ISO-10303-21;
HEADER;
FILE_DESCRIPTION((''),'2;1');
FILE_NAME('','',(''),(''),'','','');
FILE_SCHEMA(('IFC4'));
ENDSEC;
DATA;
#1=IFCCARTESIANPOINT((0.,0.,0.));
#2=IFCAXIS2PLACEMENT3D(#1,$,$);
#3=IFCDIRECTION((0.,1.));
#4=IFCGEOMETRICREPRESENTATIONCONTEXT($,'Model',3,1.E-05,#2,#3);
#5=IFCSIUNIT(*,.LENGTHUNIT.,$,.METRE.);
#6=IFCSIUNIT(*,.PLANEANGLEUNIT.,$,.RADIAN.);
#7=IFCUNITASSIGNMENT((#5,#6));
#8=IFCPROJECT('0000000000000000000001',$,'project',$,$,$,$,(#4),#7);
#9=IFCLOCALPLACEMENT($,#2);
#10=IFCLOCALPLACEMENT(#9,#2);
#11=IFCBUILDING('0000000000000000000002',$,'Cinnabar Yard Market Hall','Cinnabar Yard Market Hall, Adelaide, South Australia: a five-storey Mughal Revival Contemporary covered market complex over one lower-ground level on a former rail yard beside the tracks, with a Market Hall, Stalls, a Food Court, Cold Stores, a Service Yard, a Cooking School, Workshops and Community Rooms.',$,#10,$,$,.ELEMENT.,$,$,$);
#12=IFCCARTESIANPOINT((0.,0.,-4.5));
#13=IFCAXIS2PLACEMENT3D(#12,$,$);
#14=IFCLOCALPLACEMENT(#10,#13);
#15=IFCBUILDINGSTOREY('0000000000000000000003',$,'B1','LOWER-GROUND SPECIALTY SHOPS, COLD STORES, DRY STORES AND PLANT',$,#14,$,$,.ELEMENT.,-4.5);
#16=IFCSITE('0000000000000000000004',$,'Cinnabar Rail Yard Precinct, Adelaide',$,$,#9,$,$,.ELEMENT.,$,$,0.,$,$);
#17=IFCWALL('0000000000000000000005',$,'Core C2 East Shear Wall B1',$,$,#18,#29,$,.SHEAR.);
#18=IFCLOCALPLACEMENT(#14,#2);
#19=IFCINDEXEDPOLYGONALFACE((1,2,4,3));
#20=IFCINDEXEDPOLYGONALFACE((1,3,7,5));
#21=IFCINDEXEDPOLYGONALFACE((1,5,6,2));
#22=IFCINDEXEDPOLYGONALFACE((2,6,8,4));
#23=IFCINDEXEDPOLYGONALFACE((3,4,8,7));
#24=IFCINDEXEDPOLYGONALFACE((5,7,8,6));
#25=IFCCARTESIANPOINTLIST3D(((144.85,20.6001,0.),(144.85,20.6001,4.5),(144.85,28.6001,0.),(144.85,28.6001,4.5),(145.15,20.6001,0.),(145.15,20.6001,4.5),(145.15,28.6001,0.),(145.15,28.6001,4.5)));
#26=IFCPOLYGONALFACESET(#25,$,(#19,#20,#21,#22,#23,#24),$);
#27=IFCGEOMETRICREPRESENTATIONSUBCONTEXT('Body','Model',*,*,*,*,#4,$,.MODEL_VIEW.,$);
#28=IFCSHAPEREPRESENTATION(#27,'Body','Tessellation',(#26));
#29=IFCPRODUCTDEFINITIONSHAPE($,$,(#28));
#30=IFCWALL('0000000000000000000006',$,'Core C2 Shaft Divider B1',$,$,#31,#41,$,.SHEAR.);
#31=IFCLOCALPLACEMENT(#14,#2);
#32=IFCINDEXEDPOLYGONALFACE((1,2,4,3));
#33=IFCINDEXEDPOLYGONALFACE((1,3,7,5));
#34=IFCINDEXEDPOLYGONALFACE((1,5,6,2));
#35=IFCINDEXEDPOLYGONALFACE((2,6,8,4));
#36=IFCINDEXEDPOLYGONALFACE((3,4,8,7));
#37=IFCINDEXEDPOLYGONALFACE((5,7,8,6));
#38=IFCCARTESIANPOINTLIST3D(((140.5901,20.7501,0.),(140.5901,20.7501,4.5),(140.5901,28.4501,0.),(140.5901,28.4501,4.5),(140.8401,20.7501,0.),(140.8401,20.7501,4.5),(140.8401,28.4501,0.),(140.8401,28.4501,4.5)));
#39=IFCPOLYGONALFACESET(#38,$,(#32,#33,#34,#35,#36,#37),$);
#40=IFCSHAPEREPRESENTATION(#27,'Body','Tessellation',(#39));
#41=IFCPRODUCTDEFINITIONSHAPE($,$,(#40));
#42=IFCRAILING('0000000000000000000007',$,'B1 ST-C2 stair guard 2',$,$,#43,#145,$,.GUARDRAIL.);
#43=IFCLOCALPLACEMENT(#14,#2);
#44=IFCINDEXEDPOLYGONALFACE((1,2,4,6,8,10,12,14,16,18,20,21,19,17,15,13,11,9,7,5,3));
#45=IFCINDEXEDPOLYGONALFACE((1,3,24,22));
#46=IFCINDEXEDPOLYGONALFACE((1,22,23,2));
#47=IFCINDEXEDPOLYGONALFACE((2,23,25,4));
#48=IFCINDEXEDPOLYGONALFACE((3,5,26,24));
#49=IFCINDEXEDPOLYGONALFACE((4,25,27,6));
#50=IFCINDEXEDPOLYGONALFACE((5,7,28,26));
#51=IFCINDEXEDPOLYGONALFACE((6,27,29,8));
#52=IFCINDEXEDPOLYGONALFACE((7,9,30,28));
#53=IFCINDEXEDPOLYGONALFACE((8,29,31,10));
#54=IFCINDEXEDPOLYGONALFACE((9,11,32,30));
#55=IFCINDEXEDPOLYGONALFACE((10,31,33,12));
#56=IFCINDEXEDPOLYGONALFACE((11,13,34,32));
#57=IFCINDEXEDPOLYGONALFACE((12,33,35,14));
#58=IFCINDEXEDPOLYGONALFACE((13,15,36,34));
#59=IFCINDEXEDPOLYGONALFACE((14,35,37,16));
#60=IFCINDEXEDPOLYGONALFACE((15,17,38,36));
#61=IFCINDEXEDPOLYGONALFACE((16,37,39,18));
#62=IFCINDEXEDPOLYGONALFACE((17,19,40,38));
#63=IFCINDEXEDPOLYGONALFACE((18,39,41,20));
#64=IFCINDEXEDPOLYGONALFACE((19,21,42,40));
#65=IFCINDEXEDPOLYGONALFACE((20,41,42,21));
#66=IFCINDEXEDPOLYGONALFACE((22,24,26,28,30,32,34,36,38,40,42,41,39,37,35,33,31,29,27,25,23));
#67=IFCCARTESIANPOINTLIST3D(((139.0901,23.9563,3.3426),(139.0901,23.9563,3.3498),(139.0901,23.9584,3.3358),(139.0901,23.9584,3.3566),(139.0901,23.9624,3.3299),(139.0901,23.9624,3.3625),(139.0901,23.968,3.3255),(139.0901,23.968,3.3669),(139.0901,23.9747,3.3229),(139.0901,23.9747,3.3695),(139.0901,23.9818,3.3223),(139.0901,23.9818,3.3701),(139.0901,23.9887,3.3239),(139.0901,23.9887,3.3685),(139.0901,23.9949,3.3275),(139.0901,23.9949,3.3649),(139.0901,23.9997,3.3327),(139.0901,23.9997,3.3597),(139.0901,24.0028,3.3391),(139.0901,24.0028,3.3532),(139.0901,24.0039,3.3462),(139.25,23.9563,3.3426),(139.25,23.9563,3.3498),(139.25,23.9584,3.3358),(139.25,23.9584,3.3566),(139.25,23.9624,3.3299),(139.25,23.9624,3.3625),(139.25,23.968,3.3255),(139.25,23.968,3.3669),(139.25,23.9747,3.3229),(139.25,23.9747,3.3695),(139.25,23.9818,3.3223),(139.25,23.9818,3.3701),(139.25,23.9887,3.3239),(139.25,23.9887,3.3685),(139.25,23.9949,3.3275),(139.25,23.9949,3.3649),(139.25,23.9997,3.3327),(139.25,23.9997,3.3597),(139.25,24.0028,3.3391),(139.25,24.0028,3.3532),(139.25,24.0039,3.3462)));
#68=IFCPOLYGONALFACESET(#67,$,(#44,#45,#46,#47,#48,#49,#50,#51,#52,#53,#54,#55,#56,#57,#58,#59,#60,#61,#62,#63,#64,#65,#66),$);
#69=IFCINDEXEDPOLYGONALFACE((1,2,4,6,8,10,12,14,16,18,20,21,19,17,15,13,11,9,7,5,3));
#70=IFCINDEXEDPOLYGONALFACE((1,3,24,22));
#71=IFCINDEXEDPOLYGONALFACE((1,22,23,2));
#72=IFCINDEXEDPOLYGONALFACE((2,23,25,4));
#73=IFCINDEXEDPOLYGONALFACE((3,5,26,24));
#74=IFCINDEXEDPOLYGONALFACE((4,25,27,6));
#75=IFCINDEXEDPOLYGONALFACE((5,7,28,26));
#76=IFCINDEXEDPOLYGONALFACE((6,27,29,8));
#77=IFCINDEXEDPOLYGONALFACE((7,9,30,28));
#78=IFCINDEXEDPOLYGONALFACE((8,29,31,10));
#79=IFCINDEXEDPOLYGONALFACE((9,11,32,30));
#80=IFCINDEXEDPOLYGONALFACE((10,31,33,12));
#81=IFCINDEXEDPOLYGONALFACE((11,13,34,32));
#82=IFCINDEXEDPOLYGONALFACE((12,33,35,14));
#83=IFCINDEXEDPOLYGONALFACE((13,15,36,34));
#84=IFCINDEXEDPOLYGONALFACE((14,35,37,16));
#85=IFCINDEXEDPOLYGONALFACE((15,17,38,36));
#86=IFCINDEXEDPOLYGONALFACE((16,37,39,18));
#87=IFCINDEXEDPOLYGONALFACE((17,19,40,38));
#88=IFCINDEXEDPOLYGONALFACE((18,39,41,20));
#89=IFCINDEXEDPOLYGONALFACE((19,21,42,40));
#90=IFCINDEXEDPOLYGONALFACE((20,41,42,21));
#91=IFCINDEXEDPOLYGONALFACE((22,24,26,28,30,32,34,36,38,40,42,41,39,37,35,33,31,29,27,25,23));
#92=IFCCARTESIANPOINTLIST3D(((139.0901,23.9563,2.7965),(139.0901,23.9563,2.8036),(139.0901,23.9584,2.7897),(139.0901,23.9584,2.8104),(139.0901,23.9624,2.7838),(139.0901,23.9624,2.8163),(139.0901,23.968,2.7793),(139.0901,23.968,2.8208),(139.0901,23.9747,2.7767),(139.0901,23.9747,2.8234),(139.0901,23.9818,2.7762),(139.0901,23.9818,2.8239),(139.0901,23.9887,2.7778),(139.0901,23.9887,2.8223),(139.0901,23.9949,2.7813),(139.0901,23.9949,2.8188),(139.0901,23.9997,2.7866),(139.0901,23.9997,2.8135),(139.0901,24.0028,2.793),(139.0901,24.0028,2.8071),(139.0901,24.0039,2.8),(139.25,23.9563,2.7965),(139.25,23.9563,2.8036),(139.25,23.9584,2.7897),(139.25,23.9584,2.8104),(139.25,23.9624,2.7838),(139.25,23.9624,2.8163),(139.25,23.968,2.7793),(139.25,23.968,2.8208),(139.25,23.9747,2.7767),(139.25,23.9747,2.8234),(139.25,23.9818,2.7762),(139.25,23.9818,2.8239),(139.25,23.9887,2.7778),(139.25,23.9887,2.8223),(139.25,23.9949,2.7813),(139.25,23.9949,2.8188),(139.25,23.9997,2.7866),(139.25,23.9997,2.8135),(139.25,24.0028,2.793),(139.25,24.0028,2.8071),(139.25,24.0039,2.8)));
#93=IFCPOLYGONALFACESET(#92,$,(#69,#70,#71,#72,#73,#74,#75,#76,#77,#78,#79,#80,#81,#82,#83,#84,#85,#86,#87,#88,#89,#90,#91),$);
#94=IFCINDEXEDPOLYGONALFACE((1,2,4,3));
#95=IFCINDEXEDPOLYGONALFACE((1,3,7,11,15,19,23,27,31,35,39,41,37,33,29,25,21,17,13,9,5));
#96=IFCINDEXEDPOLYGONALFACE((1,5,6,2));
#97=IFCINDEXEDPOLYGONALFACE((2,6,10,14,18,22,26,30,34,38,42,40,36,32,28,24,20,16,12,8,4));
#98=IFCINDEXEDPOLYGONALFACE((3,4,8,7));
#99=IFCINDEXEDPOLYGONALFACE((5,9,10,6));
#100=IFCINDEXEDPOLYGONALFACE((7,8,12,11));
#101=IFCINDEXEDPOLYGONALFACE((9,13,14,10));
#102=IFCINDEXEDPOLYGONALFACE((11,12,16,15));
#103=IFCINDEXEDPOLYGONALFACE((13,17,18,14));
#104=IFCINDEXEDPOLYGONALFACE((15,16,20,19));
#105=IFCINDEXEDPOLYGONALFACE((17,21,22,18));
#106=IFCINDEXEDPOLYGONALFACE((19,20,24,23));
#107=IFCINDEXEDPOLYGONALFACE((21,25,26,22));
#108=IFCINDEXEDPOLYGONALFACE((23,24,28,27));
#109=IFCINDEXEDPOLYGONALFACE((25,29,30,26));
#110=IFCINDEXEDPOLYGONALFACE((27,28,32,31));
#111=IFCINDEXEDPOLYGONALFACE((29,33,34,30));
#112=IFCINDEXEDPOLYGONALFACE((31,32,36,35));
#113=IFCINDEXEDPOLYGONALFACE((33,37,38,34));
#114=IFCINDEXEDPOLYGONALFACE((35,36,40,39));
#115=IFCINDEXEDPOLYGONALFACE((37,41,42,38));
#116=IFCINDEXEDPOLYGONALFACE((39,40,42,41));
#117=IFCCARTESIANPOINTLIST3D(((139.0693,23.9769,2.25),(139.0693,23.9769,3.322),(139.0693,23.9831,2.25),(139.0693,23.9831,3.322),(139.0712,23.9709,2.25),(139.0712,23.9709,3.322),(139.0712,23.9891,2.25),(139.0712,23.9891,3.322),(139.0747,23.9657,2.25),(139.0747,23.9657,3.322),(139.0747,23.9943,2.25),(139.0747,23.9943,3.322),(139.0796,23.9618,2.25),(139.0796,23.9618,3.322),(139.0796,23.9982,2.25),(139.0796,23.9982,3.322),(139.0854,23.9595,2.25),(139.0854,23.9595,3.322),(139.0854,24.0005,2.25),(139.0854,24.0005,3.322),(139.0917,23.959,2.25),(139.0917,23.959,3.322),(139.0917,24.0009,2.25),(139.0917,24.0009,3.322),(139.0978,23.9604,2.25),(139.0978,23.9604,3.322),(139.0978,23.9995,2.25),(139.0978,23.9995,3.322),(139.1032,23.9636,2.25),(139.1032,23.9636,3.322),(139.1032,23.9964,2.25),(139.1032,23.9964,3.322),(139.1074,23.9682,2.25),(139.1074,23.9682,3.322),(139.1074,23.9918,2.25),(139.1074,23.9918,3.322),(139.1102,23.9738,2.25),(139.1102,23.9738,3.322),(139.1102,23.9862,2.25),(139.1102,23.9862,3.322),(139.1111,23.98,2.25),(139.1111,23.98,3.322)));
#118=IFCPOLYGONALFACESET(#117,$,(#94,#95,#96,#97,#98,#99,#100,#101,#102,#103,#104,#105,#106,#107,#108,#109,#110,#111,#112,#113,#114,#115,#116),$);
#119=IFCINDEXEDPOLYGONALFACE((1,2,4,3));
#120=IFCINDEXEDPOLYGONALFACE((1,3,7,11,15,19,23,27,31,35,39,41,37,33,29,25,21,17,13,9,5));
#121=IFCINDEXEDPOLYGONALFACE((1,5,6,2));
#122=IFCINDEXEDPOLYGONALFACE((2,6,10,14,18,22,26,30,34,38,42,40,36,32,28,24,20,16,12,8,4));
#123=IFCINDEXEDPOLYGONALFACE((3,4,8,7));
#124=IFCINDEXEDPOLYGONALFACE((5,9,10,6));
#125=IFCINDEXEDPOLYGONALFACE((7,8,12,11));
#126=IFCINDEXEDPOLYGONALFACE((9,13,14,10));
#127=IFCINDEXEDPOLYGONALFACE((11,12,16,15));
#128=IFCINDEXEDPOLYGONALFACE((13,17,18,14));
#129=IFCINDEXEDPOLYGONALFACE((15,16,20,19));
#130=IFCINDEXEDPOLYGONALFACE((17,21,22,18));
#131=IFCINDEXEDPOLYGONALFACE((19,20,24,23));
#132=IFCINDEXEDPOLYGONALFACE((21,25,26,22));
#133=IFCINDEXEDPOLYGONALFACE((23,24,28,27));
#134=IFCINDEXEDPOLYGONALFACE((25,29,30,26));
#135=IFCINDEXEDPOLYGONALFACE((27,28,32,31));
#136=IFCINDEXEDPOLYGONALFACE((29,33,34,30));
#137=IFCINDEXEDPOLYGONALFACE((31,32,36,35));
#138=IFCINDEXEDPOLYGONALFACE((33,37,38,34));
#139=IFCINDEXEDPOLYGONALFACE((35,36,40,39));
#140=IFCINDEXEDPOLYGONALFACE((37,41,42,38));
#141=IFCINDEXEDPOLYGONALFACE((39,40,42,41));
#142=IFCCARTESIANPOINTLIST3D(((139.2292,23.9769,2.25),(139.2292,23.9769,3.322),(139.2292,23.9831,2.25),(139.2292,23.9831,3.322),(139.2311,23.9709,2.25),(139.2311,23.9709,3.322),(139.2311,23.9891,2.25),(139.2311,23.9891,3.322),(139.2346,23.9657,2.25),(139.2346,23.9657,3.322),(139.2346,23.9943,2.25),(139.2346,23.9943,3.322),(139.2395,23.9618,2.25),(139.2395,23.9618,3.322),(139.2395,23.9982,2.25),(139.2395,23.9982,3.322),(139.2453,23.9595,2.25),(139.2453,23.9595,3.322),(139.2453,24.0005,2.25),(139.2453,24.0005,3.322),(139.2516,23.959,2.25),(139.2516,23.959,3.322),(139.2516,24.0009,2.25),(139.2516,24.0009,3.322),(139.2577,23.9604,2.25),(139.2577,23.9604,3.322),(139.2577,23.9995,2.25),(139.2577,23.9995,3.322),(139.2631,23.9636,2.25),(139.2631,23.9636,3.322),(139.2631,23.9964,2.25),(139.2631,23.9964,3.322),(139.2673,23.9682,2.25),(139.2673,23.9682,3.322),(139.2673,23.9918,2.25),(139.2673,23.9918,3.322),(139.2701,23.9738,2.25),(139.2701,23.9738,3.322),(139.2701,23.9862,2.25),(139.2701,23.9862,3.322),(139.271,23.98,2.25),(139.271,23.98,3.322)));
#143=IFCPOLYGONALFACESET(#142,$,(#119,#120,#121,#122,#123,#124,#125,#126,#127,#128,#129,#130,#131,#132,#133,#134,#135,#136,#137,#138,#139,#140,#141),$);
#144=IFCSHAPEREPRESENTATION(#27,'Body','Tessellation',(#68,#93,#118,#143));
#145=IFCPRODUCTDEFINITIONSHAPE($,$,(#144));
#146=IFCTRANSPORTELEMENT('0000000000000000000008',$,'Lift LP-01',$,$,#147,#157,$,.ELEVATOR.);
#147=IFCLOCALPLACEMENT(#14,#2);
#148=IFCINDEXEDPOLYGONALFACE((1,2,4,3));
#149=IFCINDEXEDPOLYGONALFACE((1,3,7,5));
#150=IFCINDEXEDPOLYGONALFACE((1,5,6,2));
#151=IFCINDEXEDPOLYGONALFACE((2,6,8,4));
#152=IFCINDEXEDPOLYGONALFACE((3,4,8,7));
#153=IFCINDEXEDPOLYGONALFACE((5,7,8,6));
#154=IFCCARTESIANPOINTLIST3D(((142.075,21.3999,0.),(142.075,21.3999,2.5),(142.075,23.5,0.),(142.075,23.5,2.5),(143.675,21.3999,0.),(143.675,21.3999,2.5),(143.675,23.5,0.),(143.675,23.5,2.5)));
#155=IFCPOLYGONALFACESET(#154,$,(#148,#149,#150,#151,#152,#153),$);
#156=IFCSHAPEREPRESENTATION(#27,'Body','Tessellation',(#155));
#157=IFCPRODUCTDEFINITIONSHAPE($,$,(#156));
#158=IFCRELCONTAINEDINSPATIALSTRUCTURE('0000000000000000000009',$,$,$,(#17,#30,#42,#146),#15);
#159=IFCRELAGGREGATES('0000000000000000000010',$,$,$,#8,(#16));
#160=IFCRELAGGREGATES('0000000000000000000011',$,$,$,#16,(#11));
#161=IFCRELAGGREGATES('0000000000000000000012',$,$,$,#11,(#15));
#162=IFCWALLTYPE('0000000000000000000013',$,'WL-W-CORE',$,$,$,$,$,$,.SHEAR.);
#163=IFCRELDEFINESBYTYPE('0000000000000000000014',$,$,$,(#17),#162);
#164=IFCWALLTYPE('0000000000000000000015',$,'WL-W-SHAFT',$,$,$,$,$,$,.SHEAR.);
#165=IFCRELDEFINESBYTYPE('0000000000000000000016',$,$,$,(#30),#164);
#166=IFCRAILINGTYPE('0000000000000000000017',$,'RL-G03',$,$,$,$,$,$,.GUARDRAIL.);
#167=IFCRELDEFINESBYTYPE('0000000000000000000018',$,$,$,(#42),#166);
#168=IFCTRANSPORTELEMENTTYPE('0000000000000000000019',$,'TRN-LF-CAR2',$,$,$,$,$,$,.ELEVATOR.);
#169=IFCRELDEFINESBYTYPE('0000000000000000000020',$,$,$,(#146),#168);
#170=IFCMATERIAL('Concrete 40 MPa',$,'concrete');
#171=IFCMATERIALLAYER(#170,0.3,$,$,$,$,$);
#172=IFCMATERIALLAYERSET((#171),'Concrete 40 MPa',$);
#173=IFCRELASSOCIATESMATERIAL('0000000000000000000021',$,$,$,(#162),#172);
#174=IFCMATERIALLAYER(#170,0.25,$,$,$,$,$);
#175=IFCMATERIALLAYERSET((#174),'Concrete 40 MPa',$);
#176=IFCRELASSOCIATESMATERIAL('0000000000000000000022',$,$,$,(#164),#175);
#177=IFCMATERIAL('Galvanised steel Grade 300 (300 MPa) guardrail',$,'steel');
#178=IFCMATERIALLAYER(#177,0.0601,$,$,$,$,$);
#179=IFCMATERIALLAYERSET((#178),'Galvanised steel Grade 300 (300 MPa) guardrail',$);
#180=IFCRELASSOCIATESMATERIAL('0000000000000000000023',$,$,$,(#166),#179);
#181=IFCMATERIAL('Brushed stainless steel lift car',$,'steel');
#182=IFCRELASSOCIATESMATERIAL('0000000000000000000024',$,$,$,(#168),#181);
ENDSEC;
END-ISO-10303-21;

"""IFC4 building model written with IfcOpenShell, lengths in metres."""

from ifc_helpers import new_model, si_unit, direction, frame, frame_2d, origin, origin_2d_with_axis, place, context, subcontext, project, spatial, rectangle, circle, extrude, material, layer, layer_set, type_object, element, save


model = new_model("IFC4")

# Units and contexts
model_context = context("Model", 3, precision=1e-05, world=origin(), true_north=direction((0.0, 1.0)))
body_context = subcontext(model_context, "Body", "Model", "MODEL_VIEW")
ifc_project = project(units=[si_unit("LENGTHUNIT", "METRE"), si_unit("PLANEANGLEUNIT", "RADIAN")], contexts=[model_context])

# Site, building, storey
site_placement = place(None, origin())
site = spatial("IfcSite", under=ifc_project, at=site_placement, Name="Cinnabar Rail Yard Precinct, Adelaide", CompositionType="ELEMENT", RefElevation=0.0)
building_placement = place(site_placement, origin())
building = spatial("IfcBuilding", under=site, at=building_placement, Name="Cinnabar Yard Market Hall", Description="Cinnabar Yard Market Hall, Adelaide, South Australia: a five-storey Mughal Revival Contemporary covered market complex over one lower-ground level on a former rail yard beside the tracks, with a Market Hall, Stalls, a Food Court, Cold Stores, a Service Yard, a Cooking School, Workshops and Community Rooms.", CompositionType="ELEMENT")
storey_placement = place(building_placement, frame((0.0, 0.0, -4.5)))
storey = spatial("IfcBuildingStorey", under=building, at=storey_placement, Name="B1", Description="LOWER-GROUND SPECIALTY SHOPS, COLD STORES, DRY STORES AND PLANT", CompositionType="ELEMENT", Elevation=-4.5)

# Shared definitions
ifc_material_1 = material(Name="Concrete 40 MPa", Category="concrete")

# Walls
ifc_layer_1 = layer(ifc_material_1, 0.3)
ifc_layer_set_1 = layer_set([ifc_layer_1], Name="Concrete 40 MPa")
wall_type_1 = type_object("IfcWallType", Name="WL-W-CORE", PredefinedType="SHEAR", material=ifc_layer_set_1)
wall_1_placement = place(storey_placement, frame((145.0, 20.6001, 0.0), z_axis=(0.0, 0.0, 1.0), x_axis=(0.0, 1.0, 0.0)))
element("IfcWall", 1, at=wall_1_placement, inside=storey, type_object=wall_type_1, Name="Core C2 East Shear Wall B1", PredefinedType="SHEAR", context=body_context, shape_type="SweptSolid", body=[
    extrude(rectangle(XDim=8.0, YDim=0.3, at=frame_2d((4.0, 0.0), x_axis=(1.0, 0.0))), origin(), (0.0, 0.0, 1.0), 4.5),
])
ifc_layer_2 = layer(ifc_material_1, 0.25)
ifc_layer_set_2 = layer_set([ifc_layer_2], Name="Concrete 40 MPa")
wall_type_2 = type_object("IfcWallType", Name="WL-W-SHAFT", PredefinedType="SHEAR", material=ifc_layer_set_2)
wall_2_placement = place(storey_placement, frame((140.7151, 20.75, 0.0), z_axis=(0.0, 0.0, 1.0), x_axis=(0.0, 1.0, 0.0)))
element("IfcWall", 2, at=wall_2_placement, inside=storey, type_object=wall_type_2, Name="Core C2 Shaft Divider B1", PredefinedType="SHEAR", context=body_context, shape_type="SweptSolid", body=[
    extrude(rectangle(XDim=7.7, YDim=0.25, at=frame_2d((3.8501, 0.0), x_axis=(1.0, 0.0))), origin(), (0.0, 0.0, 1.0), 4.5),
])

# Railing
ifc_material_2 = material(Name="Galvanised steel Grade 300 (300 MPa) guardrail", Category="steel")
ifc_layer_3 = layer(ifc_material_2, 0.0601)
ifc_layer_set_3 = layer_set([ifc_layer_3], Name="Galvanised steel Grade 300 (300 MPa) guardrail")
railing_type = type_object("IfcRailingType", Name="RL-G03", PredefinedType="GUARDRAIL", material=ifc_layer_set_3)
railing_placement = place(storey_placement, frame((139.0901, 23.98, 2.25)))
element("IfcRailing", 3, at=railing_placement, inside=storey, type_object=railing_type, Name="B1 ST-C2 stair guard 2", PredefinedType="GUARDRAIL", context=body_context, shape_type="SweptSolid", body=[
    extrude(circle(Radius=0.0239, at=origin_2d_with_axis()), frame((0.0, 0.0, 1.0962), z_axis=(1.0, 0.0, 0.0), x_axis=(0.0, 1.0, 0.0)), (0.0, 0.0, 1.0), 0.1599),
    extrude(circle(Radius=0.0239, at=origin_2d_with_axis()), frame((0.0, 0.0, 0.55), z_axis=(1.0, 0.0, 0.0), x_axis=(0.0, 1.0, 0.0)), (0.0, 0.0, 1.0), 0.1599),
    extrude(circle(Radius=0.021, at=origin_2d_with_axis()), origin(), (0.0, 0.0, 1.0), 1.072),
    extrude(circle(Radius=0.021, at=origin_2d_with_axis()), frame((0.1599, 0.0, 0.0)), (0.0, 0.0, 1.0), 1.072),
])

# Transport element
ifc_material_3 = material(Name="Brushed stainless steel lift car", Category="steel")
transport_element_type = type_object("IfcTransportElementType", Name="TRN-LF-CAR2", PredefinedType="ELEVATOR", material=ifc_material_3)
transport_element_placement = place(storey_placement, frame((142.875, 22.45, 0.0), z_axis=(0.0, 0.0, 1.0), x_axis=(1.0, 0.0, 0.0)))
element("IfcTransportElement", 4, at=transport_element_placement, inside=storey, type_object=transport_element_type, Name="Lift LP-01", PredefinedType="ELEVATOR", context=body_context, shape_type="SweptSolid", body=[
    extrude(rectangle(XDim=1.6001, YDim=2.1001, at=origin_2d_with_axis()), origin(), (0.0, 0.0, 1.0), 2.5),
])

save(model, "model.ifc")
